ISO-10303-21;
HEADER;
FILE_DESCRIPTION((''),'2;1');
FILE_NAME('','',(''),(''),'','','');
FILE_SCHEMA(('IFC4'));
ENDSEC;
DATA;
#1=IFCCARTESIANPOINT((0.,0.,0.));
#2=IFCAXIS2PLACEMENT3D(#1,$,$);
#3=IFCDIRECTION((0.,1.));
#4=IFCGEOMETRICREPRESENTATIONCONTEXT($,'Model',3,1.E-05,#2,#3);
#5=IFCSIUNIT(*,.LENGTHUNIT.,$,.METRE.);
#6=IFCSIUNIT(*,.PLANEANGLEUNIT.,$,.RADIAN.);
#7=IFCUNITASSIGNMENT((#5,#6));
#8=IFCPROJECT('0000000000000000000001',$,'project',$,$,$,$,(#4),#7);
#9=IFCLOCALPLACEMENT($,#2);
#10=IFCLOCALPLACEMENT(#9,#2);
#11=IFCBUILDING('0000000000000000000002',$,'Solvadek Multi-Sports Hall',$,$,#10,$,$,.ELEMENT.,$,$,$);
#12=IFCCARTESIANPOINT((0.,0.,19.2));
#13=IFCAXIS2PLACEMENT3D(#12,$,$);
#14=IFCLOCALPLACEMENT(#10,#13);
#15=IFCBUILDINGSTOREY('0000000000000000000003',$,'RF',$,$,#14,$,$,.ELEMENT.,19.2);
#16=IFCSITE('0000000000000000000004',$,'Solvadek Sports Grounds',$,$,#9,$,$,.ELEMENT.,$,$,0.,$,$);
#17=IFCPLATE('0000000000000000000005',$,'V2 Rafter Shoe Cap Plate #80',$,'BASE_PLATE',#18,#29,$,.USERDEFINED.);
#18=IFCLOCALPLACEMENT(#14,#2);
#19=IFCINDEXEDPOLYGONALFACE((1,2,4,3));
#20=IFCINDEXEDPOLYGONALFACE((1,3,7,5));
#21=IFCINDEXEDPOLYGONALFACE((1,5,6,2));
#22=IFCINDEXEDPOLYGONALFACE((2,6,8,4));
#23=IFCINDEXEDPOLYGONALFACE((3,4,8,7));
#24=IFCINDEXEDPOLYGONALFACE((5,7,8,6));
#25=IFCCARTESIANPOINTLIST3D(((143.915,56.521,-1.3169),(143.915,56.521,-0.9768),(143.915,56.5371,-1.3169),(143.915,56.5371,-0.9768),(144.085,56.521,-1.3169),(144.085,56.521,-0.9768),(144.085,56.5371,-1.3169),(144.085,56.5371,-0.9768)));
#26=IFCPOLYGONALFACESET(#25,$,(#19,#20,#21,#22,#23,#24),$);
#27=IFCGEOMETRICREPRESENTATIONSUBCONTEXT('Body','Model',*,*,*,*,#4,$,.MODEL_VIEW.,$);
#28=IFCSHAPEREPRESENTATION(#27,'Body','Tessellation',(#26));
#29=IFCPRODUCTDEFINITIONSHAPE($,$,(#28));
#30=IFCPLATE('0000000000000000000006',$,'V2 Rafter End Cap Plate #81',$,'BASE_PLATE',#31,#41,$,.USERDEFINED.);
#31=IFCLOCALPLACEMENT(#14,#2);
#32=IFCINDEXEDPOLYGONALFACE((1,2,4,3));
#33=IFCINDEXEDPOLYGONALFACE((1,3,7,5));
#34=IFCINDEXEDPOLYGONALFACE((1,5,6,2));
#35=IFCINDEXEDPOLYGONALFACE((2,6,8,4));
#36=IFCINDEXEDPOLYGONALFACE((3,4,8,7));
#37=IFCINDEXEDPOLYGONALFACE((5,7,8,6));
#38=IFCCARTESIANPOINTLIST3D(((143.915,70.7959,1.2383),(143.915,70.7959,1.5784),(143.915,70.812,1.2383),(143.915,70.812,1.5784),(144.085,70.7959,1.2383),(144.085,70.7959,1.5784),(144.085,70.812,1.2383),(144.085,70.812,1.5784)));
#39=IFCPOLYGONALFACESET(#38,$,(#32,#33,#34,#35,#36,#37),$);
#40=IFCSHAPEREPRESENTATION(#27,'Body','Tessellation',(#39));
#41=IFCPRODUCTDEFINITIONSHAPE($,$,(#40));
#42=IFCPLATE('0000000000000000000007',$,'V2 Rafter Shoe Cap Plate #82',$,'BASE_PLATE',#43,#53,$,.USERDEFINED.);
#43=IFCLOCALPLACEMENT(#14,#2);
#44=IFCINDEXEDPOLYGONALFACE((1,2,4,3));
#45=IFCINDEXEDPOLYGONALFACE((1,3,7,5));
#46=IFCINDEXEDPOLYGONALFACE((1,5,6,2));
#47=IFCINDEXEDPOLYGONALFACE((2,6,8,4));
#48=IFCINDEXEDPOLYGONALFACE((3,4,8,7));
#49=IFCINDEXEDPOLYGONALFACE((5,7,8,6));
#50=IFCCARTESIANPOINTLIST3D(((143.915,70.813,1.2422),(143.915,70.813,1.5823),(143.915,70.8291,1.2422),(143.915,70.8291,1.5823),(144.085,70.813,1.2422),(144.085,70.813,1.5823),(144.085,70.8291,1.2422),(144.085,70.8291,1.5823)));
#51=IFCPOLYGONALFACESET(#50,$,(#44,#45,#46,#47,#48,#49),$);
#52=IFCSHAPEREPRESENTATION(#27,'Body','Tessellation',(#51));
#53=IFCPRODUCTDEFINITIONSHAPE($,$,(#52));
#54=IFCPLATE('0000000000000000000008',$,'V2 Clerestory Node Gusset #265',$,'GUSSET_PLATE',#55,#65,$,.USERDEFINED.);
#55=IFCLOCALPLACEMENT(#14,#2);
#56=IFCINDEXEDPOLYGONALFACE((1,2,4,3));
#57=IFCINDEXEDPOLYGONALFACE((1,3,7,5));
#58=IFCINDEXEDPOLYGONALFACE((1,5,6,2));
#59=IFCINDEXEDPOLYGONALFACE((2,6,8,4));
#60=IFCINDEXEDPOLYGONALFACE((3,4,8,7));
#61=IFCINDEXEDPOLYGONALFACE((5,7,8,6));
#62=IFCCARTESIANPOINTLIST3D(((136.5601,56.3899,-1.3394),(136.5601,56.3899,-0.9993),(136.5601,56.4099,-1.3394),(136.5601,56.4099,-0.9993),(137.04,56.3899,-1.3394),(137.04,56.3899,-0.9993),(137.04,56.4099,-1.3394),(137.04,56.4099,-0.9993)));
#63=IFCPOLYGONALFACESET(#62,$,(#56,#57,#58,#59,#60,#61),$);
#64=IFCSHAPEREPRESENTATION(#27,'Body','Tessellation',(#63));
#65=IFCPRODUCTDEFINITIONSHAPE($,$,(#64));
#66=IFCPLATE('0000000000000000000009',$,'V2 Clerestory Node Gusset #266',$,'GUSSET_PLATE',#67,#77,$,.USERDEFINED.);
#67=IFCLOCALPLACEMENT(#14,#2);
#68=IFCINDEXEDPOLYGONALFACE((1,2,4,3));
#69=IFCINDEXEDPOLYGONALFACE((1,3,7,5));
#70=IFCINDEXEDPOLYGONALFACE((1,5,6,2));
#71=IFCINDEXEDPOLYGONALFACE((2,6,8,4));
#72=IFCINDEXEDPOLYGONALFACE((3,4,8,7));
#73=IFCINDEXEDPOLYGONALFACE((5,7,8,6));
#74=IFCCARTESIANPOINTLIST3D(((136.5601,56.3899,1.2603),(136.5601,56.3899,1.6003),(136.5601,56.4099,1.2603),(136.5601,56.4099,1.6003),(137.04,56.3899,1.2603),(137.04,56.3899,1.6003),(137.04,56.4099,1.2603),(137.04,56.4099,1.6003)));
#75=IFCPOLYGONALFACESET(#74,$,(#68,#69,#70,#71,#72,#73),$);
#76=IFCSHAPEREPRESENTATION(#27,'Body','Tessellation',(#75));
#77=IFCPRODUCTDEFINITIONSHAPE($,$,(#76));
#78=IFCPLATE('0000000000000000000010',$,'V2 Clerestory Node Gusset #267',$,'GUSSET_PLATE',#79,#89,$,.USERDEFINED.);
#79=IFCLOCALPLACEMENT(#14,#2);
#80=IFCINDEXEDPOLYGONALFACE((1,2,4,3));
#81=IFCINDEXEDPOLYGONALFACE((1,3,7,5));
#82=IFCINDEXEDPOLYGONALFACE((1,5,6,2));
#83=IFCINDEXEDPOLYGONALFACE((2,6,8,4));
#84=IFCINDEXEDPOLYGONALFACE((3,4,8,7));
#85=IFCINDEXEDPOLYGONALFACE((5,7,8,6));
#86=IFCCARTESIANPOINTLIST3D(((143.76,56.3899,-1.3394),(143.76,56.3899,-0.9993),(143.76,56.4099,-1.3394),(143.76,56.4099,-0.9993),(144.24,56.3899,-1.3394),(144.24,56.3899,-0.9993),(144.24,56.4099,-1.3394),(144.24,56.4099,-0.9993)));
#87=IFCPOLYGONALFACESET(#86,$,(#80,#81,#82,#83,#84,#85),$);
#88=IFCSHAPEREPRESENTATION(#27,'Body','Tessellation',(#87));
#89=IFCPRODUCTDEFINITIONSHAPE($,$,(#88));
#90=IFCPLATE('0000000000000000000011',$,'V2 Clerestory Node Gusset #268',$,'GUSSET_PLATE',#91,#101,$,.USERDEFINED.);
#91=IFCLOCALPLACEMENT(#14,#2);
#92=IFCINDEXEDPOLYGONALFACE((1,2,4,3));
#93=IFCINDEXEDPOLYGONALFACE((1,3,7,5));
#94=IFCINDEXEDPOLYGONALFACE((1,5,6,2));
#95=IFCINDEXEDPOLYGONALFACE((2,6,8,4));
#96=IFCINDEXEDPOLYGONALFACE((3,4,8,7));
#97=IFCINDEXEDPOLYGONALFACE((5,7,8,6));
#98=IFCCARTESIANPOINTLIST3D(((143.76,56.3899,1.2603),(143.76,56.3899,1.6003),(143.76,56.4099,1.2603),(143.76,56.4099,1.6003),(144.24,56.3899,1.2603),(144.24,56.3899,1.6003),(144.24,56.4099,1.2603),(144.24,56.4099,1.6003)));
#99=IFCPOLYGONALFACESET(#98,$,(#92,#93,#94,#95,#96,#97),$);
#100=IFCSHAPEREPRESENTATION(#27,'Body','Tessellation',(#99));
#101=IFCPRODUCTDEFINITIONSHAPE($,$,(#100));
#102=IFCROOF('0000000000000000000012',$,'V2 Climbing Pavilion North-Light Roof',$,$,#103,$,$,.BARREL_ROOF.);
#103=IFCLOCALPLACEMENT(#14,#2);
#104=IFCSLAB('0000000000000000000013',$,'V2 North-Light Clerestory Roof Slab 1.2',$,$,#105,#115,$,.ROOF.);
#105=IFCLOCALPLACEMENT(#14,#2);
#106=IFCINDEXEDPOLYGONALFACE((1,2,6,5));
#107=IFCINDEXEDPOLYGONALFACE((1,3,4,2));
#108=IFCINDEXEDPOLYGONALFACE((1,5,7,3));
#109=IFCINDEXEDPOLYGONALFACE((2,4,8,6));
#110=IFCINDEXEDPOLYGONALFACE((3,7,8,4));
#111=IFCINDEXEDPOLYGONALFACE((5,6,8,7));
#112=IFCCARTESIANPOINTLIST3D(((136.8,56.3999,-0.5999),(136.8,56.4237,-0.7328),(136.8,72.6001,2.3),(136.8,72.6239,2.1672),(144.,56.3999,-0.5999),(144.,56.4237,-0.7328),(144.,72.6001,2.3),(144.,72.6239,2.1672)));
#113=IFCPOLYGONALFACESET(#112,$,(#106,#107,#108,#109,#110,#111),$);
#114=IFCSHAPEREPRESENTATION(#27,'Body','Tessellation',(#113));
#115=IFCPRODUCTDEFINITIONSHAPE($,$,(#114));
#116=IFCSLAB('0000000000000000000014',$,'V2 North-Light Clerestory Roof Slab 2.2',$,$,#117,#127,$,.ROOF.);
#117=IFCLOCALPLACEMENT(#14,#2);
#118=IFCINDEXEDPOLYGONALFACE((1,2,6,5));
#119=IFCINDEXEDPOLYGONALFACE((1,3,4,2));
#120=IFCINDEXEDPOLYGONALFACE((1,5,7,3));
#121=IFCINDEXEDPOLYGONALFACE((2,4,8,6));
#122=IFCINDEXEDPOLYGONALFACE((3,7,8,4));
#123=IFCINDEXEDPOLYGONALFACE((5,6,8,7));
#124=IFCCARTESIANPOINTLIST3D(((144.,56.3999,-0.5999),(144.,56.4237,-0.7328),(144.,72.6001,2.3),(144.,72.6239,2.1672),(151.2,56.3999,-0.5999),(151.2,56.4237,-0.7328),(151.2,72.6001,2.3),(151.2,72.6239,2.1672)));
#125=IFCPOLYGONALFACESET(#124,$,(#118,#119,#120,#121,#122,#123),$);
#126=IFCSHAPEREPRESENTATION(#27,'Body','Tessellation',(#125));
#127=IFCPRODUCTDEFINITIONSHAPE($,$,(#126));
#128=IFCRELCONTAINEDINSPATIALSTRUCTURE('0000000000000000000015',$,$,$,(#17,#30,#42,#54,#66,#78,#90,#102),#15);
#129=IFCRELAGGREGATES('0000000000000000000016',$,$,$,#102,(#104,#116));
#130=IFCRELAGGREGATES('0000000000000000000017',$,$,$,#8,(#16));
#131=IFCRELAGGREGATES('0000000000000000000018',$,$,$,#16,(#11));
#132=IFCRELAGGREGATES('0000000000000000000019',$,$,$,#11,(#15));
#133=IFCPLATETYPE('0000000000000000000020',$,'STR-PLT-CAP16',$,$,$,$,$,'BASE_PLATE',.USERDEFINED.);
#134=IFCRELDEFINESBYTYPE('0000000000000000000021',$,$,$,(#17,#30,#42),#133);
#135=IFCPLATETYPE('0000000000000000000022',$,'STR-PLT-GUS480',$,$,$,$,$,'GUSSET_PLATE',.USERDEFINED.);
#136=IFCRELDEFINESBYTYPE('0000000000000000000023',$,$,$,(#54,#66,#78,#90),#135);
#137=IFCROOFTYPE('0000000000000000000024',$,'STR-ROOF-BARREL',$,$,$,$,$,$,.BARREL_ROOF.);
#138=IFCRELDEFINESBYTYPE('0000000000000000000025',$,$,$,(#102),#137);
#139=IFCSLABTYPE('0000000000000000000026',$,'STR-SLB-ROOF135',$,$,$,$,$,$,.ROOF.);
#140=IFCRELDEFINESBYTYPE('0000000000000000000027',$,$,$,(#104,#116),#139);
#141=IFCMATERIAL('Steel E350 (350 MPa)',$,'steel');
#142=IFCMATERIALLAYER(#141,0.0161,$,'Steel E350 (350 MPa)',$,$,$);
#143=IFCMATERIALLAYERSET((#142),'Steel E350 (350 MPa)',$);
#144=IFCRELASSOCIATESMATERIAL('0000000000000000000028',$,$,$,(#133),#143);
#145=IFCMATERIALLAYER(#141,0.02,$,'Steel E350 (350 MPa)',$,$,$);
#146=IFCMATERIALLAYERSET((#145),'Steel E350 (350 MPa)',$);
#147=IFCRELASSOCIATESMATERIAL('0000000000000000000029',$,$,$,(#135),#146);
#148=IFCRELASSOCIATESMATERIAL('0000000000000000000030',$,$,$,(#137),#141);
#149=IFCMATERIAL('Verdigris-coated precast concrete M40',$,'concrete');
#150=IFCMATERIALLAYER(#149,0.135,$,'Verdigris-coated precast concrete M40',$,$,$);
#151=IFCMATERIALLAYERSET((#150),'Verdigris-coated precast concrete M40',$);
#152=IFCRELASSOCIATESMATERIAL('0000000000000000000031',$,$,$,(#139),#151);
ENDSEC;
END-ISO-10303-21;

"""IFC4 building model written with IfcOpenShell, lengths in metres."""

from ifc_helpers import new_model, si_unit, direction, frame, origin, origin_2d, place, context, subcontext, project, spatial, polyline, rectangle, outline, extrude, material, layer, layer_set, type_object, element, aggregate, save


model = new_model("IFC4")

# Units and contexts
model_context = context("Model", 3, precision=1e-05, world=origin(), true_north=direction((0.0, 1.0)))
body_context = subcontext(model_context, "Body", "Model", "MODEL_VIEW")
ifc_project = project(units=[si_unit("LENGTHUNIT", "METRE"), si_unit("PLANEANGLEUNIT", "RADIAN")], contexts=[model_context])

# Site, building, storey
site_placement = place(None, origin())
site = spatial("IfcSite", under=ifc_project, at=site_placement, Name="Solvadek Sports Grounds", CompositionType="ELEMENT", RefElevation=0.0)
building_placement = place(site_placement, origin())
building = spatial("IfcBuilding", under=site, at=building_placement, Name="Solvadek Multi-Sports Hall", CompositionType="ELEMENT")
storey_placement = place(building_placement, frame((0.0, 0.0, 19.2)))
storey = spatial("IfcBuildingStorey", under=building, at=storey_placement, Name="RF", CompositionType="ELEMENT", Elevation=19.2)

# Shared definitions
ifc_material_1 = material(Name="Steel E350 (350 MPa)", Category="steel")

# Plates
ifc_layer_1 = layer(ifc_material_1, 0.0161, Name="Steel E350 (350 MPa)")
ifc_layer_set_1 = layer_set([ifc_layer_1], Name="Steel E350 (350 MPa)")
plate_type_1 = type_object("IfcPlateType", Name="STR-PLT-CAP16", ElementType="BASE_PLATE", PredefinedType="USERDEFINED", material=ifc_layer_set_1)
for number, where, z_axis, x_axis, name in (
    (1, (144.0, 56.5291, -1.3169), (0.0, 0.0, 1.0), (1.0, 0.0, 0.0), "V2 Rafter Shoe Cap Plate #80"),
    (2, (144.0, 70.804, 1.2383), (0.0, 0.0, 1.0), (1.0, 0.0, 0.0), "V2 Rafter End Cap Plate #81"),
    (3, (144.0, 70.821, 1.2422), (0.0, 0.0, 1.0), (1.0, 0.0, 0.0), "V2 Rafter Shoe Cap Plate #82"),
):
    element("IfcPlate", number, at=place(storey_placement, frame(where, z_axis=z_axis, x_axis=x_axis)), inside=storey, type_object=plate_type_1, Name=name, ObjectType="BASE_PLATE", PredefinedType="USERDEFINED", context=body_context, shape_type="SweptSolid", body=[
        extrude(rectangle(XDim=0.1699, YDim=0.0161, at=origin_2d()), origin(), (0.0, 0.0, 1.0), 0.3401),
    ])
ifc_layer_2 = layer(ifc_material_1, 0.02, Name="Steel E350 (350 MPa)")
ifc_layer_set_2 = layer_set([ifc_layer_2], Name="Steel E350 (350 MPa)")
plate_type_2 = type_object("IfcPlateType", Name="STR-PLT-GUS480", ElementType="GUSSET_PLATE", PredefinedType="USERDEFINED", material=ifc_layer_set_2)
for number, where, z_axis, x_axis, name in (
    (4, (136.8, 56.3999, -1.3394), (0.0, 0.0, 1.0), (1.0, 0.0, 0.0), "V2 Clerestory Node Gusset #265"),
    (5, (136.8, 56.3999, 1.2603), (0.0, 0.0, 1.0), (1.0, 0.0, 0.0), "V2 Clerestory Node Gusset #266"),
    (6, (144.0, 56.3999, -1.3394), (0.0, 0.0, 1.0), (1.0, 0.0, 0.0), "V2 Clerestory Node Gusset #267"),
    (7, (144.0, 56.3999, 1.2603), (0.0, 0.0, 1.0), (1.0, 0.0, 0.0), "V2 Clerestory Node Gusset #268"),
):
    element("IfcPlate", number, at=place(storey_placement, frame(where, z_axis=z_axis, x_axis=x_axis)), inside=storey, type_object=plate_type_2, Name=name, ObjectType="GUSSET_PLATE", PredefinedType="USERDEFINED", context=body_context, shape_type="SweptSolid", body=[
        extrude(rectangle(XDim=0.48, YDim=0.02, at=origin_2d()), origin(), (0.0, 0.0, 1.0), 0.3401),
    ])

# Roof, slabs
roof_type = type_object("IfcRoofType", Name="STR-ROOF-BARREL", PredefinedType="BARREL_ROOF", material=ifc_material_1)
roof_placement = place(storey_placement, origin())
roof = element("IfcRoof", 8, at=roof_placement, inside=storey, type_object=roof_type, Name="V2 Climbing Pavilion North-Light Roof", PredefinedType="BARREL_ROOF")
ifc_material_2 = material(Name="Verdigris-coated precast concrete M40", Category="concrete")
ifc_layer_3 = layer(ifc_material_2, 0.135, Name="Verdigris-coated precast concrete M40")
ifc_layer_set_3 = layer_set([ifc_layer_3], Name="Verdigris-coated precast concrete M40")
slab_type = type_object("IfcSlabType", Name="STR-SLB-ROOF135", PredefinedType="ROOF", material=ifc_layer_set_3)
slab_1_placement = place(storey_placement, frame((136.8, 56.3999, -0.5999), z_axis=(0.0, -0.176203, 0.984354), x_axis=(1.0, 0.0, 0.0)))
slab_1 = element("IfcSlab", 9, at=slab_1_placement, type_object=slab_type, Name="V2 North-Light Clerestory Roof Slab 1.2", PredefinedType="ROOF", context=body_context, shape_type="SweptSolid", body=[
    extrude(outline(polyline([(0.0, 0.0), (7.2, 0.0), (7.2, 16.4577), (0.0, 16.4577), (0.0, 0.0)])), origin(), (0.0, 0.0, -1.0), 0.135),
])
slab_2_placement = place(storey_placement, frame((144.0, 56.3999, -0.5999), z_axis=(0.0, -0.176203, 0.984354), x_axis=(1.0, 0.0, 0.0)))
slab_2 = element("IfcSlab", 10, at=slab_2_placement, type_object=slab_type, Name="V2 North-Light Clerestory Roof Slab 2.2", PredefinedType="ROOF", context=body_context, shape_type="SweptSolid", body=[
    extrude(outline(polyline([(0.0, 0.0), (7.2, 0.0), (7.2, 16.4577), (0.0, 16.4577), (0.0, 0.0)])), origin(), (0.0, 0.0, -1.0), 0.135),
])
aggregate(roof, [slab_1, slab_2])

save(model, "model.ifc")
